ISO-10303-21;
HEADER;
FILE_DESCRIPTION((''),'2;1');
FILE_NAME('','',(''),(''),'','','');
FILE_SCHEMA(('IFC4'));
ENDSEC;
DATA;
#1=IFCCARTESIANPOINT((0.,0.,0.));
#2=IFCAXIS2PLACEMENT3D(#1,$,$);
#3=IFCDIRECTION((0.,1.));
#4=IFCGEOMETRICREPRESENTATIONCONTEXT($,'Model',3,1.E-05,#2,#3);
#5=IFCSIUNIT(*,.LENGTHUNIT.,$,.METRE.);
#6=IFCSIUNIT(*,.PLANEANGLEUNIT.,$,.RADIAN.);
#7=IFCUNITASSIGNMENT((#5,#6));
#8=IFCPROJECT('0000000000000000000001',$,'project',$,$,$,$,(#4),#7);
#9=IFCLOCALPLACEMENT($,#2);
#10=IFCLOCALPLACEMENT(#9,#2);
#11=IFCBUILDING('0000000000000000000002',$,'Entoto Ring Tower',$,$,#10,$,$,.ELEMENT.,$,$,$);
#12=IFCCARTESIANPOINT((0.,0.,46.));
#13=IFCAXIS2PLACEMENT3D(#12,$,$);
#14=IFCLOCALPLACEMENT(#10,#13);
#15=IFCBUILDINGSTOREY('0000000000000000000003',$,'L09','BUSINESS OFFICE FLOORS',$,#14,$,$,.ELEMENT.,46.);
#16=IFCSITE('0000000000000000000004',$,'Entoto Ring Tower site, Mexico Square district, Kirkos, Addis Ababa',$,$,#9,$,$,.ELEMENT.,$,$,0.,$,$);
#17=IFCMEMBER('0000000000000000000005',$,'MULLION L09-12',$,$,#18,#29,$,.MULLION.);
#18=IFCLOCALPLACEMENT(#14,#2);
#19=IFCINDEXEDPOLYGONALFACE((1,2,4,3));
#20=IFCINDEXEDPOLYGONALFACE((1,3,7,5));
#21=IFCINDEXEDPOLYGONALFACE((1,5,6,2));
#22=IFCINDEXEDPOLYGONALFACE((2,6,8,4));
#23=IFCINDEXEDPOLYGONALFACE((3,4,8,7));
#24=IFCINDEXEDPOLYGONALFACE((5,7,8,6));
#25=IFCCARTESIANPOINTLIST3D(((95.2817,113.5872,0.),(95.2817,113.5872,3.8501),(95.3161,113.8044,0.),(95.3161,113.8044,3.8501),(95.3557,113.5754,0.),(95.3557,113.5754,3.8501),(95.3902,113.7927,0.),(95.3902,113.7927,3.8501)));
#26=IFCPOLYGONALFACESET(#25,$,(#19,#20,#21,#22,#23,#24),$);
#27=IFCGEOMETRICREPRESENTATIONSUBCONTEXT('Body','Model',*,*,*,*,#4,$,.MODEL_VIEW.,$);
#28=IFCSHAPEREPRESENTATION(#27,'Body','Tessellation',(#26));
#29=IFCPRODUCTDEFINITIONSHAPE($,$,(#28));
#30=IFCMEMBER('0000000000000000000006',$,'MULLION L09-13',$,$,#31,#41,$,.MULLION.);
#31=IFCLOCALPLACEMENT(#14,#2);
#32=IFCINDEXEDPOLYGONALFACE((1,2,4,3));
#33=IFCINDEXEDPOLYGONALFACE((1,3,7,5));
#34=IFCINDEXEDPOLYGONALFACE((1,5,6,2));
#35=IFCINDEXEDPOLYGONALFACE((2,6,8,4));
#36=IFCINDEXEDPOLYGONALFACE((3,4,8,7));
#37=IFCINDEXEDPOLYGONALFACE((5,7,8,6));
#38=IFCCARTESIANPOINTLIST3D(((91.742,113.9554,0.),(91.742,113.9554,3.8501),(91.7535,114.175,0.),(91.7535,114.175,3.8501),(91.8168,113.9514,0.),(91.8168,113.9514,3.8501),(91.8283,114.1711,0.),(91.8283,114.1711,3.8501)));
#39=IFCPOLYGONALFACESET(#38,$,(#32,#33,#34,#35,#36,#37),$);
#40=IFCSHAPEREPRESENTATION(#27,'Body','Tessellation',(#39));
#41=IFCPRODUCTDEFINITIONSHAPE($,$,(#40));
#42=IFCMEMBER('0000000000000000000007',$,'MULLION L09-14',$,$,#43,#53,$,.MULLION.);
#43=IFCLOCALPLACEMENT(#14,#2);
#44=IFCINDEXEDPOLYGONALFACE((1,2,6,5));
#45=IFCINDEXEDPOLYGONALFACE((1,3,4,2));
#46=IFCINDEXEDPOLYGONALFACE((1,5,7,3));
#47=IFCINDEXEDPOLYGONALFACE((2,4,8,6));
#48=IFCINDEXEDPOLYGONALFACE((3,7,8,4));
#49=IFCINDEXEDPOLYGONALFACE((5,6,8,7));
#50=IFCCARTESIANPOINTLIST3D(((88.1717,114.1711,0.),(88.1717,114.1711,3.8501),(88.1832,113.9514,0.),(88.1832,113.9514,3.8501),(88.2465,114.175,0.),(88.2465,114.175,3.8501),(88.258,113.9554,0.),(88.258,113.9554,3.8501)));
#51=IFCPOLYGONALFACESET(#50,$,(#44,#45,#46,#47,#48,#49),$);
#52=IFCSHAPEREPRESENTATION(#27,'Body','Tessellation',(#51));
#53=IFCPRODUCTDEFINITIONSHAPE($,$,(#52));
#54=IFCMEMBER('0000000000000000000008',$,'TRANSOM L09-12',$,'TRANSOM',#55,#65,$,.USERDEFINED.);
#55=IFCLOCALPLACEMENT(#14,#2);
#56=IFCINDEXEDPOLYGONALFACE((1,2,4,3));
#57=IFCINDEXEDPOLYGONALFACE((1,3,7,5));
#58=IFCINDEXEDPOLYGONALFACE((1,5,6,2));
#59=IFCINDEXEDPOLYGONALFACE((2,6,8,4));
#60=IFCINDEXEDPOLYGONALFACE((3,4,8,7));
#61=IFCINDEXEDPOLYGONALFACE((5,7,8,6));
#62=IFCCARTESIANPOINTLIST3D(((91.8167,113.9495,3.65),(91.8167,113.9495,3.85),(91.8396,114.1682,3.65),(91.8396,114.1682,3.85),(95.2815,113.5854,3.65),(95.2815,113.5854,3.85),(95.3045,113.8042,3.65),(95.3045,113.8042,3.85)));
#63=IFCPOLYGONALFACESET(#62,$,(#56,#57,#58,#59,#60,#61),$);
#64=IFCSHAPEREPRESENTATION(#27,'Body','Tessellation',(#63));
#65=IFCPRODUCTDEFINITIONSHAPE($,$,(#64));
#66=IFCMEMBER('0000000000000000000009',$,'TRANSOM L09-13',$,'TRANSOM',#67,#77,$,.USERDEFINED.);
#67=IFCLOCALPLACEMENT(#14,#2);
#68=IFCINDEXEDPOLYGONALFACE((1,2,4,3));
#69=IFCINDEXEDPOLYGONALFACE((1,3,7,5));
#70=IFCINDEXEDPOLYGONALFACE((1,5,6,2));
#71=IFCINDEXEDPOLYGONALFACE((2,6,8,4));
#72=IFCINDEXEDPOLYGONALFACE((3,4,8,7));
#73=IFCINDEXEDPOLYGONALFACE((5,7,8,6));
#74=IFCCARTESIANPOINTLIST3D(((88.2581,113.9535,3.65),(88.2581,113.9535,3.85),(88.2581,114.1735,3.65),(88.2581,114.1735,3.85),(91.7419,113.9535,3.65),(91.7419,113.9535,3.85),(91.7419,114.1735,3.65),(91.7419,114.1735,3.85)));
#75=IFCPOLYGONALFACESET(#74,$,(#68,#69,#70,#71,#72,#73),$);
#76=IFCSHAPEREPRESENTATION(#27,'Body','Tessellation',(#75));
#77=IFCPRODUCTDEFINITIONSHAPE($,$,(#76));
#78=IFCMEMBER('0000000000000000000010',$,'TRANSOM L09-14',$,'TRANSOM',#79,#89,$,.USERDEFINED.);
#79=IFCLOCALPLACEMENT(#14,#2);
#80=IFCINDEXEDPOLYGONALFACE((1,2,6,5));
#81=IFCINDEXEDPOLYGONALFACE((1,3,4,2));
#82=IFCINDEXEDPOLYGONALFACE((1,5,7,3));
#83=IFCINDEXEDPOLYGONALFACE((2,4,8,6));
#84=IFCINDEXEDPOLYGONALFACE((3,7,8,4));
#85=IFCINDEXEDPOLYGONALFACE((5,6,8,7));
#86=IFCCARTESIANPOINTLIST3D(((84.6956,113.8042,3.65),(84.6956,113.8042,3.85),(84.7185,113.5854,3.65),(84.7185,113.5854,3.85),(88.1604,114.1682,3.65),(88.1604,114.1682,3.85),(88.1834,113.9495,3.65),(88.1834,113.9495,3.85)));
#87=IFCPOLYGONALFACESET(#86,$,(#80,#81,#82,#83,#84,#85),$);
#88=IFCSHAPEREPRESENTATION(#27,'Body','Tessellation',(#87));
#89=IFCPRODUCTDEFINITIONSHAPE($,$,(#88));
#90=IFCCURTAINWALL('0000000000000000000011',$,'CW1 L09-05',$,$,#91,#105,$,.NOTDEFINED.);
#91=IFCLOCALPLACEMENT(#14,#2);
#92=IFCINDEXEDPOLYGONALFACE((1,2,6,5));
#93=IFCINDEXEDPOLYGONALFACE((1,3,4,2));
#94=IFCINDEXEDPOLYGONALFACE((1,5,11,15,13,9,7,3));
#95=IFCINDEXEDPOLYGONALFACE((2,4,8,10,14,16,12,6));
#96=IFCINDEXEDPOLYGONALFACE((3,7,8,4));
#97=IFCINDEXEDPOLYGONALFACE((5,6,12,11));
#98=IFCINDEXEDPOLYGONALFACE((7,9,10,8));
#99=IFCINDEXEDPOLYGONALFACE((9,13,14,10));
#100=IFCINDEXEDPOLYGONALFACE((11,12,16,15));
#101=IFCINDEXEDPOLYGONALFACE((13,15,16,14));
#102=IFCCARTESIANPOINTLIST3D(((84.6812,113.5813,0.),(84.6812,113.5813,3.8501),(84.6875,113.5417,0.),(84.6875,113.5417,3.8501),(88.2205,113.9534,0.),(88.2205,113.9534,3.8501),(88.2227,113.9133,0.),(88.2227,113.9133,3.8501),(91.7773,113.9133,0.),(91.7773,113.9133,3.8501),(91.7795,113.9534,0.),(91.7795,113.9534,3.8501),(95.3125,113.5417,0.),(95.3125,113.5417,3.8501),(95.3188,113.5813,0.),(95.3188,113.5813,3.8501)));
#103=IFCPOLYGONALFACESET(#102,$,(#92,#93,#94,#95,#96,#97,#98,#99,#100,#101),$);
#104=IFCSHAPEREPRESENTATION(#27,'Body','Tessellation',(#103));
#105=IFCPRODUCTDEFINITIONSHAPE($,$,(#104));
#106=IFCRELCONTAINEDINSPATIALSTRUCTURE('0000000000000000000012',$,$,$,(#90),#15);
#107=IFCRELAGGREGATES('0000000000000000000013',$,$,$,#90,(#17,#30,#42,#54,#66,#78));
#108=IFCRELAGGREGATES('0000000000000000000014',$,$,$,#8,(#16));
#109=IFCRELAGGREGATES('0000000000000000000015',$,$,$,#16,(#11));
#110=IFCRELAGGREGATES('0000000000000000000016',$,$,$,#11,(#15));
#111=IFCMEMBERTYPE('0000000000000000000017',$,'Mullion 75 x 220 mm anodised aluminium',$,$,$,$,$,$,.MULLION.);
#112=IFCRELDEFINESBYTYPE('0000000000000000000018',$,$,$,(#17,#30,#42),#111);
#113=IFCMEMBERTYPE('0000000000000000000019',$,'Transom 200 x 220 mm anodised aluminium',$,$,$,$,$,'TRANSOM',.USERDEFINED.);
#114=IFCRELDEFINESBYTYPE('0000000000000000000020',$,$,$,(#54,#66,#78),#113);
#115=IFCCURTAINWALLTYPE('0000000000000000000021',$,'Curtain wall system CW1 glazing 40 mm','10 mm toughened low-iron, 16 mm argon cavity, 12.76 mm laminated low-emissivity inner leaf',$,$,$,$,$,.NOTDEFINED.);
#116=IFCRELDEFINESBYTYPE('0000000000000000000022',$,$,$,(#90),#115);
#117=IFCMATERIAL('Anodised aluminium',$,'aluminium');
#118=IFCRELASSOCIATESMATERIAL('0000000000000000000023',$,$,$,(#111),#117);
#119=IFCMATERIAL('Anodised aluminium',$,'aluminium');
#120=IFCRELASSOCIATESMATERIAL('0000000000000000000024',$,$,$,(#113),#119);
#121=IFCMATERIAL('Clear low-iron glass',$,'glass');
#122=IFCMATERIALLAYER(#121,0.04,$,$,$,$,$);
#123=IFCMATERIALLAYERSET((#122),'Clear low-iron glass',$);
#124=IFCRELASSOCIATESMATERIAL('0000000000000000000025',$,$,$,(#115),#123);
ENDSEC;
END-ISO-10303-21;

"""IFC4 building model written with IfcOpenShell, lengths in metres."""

from ifc_helpers import new_model, si_unit, direction, frame, origin, origin_2d, place, context, subcontext, project, spatial, polyline, rectangle, outline, extrude, material, layer, layer_set, material_profile, profile_set, type_object, element, aggregate, save


model = new_model("IFC4")

# Units and contexts
model_context = context("Model", 3, precision=1e-05, world=origin(), true_north=direction((0.0, 1.0)))
body_context = subcontext(model_context, "Body", "Model", "MODEL_VIEW")
ifc_project = project(units=[si_unit("LENGTHUNIT", "METRE"), si_unit("PLANEANGLEUNIT", "RADIAN")], contexts=[model_context])

# Members
ifc_material_1 = material(Name="Anodised aluminium", Category="aluminium")
ifc_material_profile_1 = material_profile(ifc_material_1, rectangle(XDim=0.075, YDim=0.22, at=origin_2d()), Name="Mullion 75 x 220 mm anodised aluminium")
ifc_profile_set_1 = profile_set([ifc_material_profile_1], Name="Anodised aluminium")
member_type_1 = type_object("IfcMemberType", Name="Mullion 75 x 220 mm anodised aluminium", PredefinedType="MULLION", material=ifc_profile_set_1)
site_placement = place(None, origin())
building_placement = place(site_placement, origin())
storey_placement = place(building_placement, frame((0.0, 0.0, 46.0)))
member_1_placement = place(storey_placement, frame((95.3359, 113.6899, 0.0), z_axis=(0.0, 0.0, 1.0), x_axis=(-0.987688, 0.156434, 0.0)))
member_1 = element("IfcMember", 1, at=member_1_placement, type_object=member_type_1, Name="MULLION L09-12", PredefinedType="MULLION", context=body_context, shape_type="SweptSolid", body=[
    extrude(rectangle(XDim=0.075, YDim=0.22, at=origin_2d()), origin(), (0.0, 0.0, 1.0), 3.8501),
])
member_2_placement = place(storey_placement, frame((91.7852, 114.0632, 0.0), z_axis=(0.0, 0.0, 1.0), x_axis=(-0.99863, 0.052336, 0.0)))
member_2 = element("IfcMember", 2, at=member_2_placement, type_object=member_type_1, Name="MULLION L09-13", PredefinedType="MULLION", context=body_context, shape_type="SweptSolid", body=[
    extrude(rectangle(XDim=0.075, YDim=0.22, at=origin_2d()), origin(), (0.0, 0.0, 1.0), 3.8501),
])
member_3_placement = place(storey_placement, frame((88.2148, 114.0632, 0.0), z_axis=(0.0, 0.0, 1.0), x_axis=(-0.99863, -0.052336, 0.0)))
member_3 = element("IfcMember", 3, at=member_3_placement, type_object=member_type_1, Name="MULLION L09-14", PredefinedType="MULLION", context=body_context, shape_type="SweptSolid", body=[
    extrude(rectangle(XDim=0.075, YDim=0.22, at=origin_2d()), origin(), (0.0, 0.0, 1.0), 3.8501),
])
ifc_material_2 = material(Name="Anodised aluminium", Category="aluminium")
ifc_material_profile_2 = material_profile(ifc_material_2, rectangle(XDim=0.22, YDim=0.2, at=origin_2d()), Name="Transom 200 x 220 mm anodised aluminium")
ifc_profile_set_2 = profile_set([ifc_material_profile_2], Name="Anodised aluminium")
member_type_2 = type_object("IfcMemberType", Name="Transom 200 x 220 mm anodised aluminium", ElementType="TRANSOM", PredefinedType="USERDEFINED", material=ifc_profile_set_2)
member_4_placement = place(storey_placement, frame((95.293, 113.6948, 3.75), z_axis=(-0.994527, 0.104484, 0.0), x_axis=(-0.104484, -0.994527, 0.0)))
member_4 = element("IfcMember", 4, at=member_4_placement, type_object=member_type_2, Name="TRANSOM L09-12", ObjectType="TRANSOM", PredefinedType="USERDEFINED", context=body_context, shape_type="SweptSolid", body=[
    extrude(rectangle(XDim=0.22, YDim=0.2, at=origin_2d()), origin(), (0.0, 0.0, 1.0), 3.4839),
])
member_5_placement = place(storey_placement, frame((91.7419, 114.0635, 3.75), z_axis=(-1.0, 0.0, 0.0), x_axis=(0.0, -1.0, 0.0)))
member_5 = element("IfcMember", 5, at=member_5_placement, type_object=member_type_2, Name="TRANSOM L09-13", ObjectType="TRANSOM", PredefinedType="USERDEFINED", context=body_context, shape_type="SweptSolid", body=[
    extrude(rectangle(XDim=0.22, YDim=0.2, at=origin_2d()), origin(), (0.0, 0.0, 1.0), 3.4839),
])
member_6_placement = place(storey_placement, frame((88.1719, 114.0588, 3.75), z_axis=(-0.994527, -0.104484, 0.0), x_axis=(0.104484, -0.994527, 0.0)))
member_6 = element("IfcMember", 6, at=member_6_placement, type_object=member_type_2, Name="TRANSOM L09-14", ObjectType="TRANSOM", PredefinedType="USERDEFINED", context=body_context, shape_type="SweptSolid", body=[
    extrude(rectangle(XDim=0.22, YDim=0.2, at=origin_2d()), origin(), (0.0, 0.0, 1.0), 3.4839),
])

# Site, building, storey
site = spatial("IfcSite", under=ifc_project, at=site_placement, Name="Entoto Ring Tower site, Mexico Square district, Kirkos, Addis Ababa", CompositionType="ELEMENT", RefElevation=0.0)
building = spatial("IfcBuilding", under=site, at=building_placement, Name="Entoto Ring Tower", CompositionType="ELEMENT")
storey = spatial("IfcBuildingStorey", under=building, at=storey_placement, Name="L09", Description="BUSINESS OFFICE FLOORS", CompositionType="ELEMENT", Elevation=46.0)

# Curtain wall
ifc_material_3 = material(Name="Clear low-iron glass", Category="glass")
ifc_layer = layer(ifc_material_3, 0.04)
ifc_layer_set = layer_set([ifc_layer], Name="Clear low-iron glass")
curtain_wall_type = type_object("IfcCurtainWallType", Name="Curtain wall system CW1 glazing 40 mm", Description="10 mm toughened low-iron, 16 mm argon cavity, 12.76 mm laminated low-emissivity inner leaf", PredefinedType="NOTDEFINED", material=ifc_layer_set)
curtain_wall_1_placement = place(storey_placement, origin())
curtain_wall_1 = element("IfcCurtainWall", 7, at=curtain_wall_1_placement, inside=storey, type_object=curtain_wall_type, Name="CW1 L09-05", PredefinedType="NOTDEFINED", context=body_context, shape_type="SweptSolid", body=[
    extrude(outline(polyline([(95.3188, 113.5813), (91.7795, 113.9534), (88.2205, 113.9534), (84.6812, 113.5813), (84.6875, 113.5417), (88.2227, 113.9133), (91.7773, 113.9133), (95.3125, 113.5417), (95.3188, 113.5813)])), origin(), (0.0, 0.0, 1.0), 3.8501),
])
aggregate(curtain_wall_1, [member_1, member_2, member_3, member_4, member_5, member_6])

save(model, "model.ifc")
